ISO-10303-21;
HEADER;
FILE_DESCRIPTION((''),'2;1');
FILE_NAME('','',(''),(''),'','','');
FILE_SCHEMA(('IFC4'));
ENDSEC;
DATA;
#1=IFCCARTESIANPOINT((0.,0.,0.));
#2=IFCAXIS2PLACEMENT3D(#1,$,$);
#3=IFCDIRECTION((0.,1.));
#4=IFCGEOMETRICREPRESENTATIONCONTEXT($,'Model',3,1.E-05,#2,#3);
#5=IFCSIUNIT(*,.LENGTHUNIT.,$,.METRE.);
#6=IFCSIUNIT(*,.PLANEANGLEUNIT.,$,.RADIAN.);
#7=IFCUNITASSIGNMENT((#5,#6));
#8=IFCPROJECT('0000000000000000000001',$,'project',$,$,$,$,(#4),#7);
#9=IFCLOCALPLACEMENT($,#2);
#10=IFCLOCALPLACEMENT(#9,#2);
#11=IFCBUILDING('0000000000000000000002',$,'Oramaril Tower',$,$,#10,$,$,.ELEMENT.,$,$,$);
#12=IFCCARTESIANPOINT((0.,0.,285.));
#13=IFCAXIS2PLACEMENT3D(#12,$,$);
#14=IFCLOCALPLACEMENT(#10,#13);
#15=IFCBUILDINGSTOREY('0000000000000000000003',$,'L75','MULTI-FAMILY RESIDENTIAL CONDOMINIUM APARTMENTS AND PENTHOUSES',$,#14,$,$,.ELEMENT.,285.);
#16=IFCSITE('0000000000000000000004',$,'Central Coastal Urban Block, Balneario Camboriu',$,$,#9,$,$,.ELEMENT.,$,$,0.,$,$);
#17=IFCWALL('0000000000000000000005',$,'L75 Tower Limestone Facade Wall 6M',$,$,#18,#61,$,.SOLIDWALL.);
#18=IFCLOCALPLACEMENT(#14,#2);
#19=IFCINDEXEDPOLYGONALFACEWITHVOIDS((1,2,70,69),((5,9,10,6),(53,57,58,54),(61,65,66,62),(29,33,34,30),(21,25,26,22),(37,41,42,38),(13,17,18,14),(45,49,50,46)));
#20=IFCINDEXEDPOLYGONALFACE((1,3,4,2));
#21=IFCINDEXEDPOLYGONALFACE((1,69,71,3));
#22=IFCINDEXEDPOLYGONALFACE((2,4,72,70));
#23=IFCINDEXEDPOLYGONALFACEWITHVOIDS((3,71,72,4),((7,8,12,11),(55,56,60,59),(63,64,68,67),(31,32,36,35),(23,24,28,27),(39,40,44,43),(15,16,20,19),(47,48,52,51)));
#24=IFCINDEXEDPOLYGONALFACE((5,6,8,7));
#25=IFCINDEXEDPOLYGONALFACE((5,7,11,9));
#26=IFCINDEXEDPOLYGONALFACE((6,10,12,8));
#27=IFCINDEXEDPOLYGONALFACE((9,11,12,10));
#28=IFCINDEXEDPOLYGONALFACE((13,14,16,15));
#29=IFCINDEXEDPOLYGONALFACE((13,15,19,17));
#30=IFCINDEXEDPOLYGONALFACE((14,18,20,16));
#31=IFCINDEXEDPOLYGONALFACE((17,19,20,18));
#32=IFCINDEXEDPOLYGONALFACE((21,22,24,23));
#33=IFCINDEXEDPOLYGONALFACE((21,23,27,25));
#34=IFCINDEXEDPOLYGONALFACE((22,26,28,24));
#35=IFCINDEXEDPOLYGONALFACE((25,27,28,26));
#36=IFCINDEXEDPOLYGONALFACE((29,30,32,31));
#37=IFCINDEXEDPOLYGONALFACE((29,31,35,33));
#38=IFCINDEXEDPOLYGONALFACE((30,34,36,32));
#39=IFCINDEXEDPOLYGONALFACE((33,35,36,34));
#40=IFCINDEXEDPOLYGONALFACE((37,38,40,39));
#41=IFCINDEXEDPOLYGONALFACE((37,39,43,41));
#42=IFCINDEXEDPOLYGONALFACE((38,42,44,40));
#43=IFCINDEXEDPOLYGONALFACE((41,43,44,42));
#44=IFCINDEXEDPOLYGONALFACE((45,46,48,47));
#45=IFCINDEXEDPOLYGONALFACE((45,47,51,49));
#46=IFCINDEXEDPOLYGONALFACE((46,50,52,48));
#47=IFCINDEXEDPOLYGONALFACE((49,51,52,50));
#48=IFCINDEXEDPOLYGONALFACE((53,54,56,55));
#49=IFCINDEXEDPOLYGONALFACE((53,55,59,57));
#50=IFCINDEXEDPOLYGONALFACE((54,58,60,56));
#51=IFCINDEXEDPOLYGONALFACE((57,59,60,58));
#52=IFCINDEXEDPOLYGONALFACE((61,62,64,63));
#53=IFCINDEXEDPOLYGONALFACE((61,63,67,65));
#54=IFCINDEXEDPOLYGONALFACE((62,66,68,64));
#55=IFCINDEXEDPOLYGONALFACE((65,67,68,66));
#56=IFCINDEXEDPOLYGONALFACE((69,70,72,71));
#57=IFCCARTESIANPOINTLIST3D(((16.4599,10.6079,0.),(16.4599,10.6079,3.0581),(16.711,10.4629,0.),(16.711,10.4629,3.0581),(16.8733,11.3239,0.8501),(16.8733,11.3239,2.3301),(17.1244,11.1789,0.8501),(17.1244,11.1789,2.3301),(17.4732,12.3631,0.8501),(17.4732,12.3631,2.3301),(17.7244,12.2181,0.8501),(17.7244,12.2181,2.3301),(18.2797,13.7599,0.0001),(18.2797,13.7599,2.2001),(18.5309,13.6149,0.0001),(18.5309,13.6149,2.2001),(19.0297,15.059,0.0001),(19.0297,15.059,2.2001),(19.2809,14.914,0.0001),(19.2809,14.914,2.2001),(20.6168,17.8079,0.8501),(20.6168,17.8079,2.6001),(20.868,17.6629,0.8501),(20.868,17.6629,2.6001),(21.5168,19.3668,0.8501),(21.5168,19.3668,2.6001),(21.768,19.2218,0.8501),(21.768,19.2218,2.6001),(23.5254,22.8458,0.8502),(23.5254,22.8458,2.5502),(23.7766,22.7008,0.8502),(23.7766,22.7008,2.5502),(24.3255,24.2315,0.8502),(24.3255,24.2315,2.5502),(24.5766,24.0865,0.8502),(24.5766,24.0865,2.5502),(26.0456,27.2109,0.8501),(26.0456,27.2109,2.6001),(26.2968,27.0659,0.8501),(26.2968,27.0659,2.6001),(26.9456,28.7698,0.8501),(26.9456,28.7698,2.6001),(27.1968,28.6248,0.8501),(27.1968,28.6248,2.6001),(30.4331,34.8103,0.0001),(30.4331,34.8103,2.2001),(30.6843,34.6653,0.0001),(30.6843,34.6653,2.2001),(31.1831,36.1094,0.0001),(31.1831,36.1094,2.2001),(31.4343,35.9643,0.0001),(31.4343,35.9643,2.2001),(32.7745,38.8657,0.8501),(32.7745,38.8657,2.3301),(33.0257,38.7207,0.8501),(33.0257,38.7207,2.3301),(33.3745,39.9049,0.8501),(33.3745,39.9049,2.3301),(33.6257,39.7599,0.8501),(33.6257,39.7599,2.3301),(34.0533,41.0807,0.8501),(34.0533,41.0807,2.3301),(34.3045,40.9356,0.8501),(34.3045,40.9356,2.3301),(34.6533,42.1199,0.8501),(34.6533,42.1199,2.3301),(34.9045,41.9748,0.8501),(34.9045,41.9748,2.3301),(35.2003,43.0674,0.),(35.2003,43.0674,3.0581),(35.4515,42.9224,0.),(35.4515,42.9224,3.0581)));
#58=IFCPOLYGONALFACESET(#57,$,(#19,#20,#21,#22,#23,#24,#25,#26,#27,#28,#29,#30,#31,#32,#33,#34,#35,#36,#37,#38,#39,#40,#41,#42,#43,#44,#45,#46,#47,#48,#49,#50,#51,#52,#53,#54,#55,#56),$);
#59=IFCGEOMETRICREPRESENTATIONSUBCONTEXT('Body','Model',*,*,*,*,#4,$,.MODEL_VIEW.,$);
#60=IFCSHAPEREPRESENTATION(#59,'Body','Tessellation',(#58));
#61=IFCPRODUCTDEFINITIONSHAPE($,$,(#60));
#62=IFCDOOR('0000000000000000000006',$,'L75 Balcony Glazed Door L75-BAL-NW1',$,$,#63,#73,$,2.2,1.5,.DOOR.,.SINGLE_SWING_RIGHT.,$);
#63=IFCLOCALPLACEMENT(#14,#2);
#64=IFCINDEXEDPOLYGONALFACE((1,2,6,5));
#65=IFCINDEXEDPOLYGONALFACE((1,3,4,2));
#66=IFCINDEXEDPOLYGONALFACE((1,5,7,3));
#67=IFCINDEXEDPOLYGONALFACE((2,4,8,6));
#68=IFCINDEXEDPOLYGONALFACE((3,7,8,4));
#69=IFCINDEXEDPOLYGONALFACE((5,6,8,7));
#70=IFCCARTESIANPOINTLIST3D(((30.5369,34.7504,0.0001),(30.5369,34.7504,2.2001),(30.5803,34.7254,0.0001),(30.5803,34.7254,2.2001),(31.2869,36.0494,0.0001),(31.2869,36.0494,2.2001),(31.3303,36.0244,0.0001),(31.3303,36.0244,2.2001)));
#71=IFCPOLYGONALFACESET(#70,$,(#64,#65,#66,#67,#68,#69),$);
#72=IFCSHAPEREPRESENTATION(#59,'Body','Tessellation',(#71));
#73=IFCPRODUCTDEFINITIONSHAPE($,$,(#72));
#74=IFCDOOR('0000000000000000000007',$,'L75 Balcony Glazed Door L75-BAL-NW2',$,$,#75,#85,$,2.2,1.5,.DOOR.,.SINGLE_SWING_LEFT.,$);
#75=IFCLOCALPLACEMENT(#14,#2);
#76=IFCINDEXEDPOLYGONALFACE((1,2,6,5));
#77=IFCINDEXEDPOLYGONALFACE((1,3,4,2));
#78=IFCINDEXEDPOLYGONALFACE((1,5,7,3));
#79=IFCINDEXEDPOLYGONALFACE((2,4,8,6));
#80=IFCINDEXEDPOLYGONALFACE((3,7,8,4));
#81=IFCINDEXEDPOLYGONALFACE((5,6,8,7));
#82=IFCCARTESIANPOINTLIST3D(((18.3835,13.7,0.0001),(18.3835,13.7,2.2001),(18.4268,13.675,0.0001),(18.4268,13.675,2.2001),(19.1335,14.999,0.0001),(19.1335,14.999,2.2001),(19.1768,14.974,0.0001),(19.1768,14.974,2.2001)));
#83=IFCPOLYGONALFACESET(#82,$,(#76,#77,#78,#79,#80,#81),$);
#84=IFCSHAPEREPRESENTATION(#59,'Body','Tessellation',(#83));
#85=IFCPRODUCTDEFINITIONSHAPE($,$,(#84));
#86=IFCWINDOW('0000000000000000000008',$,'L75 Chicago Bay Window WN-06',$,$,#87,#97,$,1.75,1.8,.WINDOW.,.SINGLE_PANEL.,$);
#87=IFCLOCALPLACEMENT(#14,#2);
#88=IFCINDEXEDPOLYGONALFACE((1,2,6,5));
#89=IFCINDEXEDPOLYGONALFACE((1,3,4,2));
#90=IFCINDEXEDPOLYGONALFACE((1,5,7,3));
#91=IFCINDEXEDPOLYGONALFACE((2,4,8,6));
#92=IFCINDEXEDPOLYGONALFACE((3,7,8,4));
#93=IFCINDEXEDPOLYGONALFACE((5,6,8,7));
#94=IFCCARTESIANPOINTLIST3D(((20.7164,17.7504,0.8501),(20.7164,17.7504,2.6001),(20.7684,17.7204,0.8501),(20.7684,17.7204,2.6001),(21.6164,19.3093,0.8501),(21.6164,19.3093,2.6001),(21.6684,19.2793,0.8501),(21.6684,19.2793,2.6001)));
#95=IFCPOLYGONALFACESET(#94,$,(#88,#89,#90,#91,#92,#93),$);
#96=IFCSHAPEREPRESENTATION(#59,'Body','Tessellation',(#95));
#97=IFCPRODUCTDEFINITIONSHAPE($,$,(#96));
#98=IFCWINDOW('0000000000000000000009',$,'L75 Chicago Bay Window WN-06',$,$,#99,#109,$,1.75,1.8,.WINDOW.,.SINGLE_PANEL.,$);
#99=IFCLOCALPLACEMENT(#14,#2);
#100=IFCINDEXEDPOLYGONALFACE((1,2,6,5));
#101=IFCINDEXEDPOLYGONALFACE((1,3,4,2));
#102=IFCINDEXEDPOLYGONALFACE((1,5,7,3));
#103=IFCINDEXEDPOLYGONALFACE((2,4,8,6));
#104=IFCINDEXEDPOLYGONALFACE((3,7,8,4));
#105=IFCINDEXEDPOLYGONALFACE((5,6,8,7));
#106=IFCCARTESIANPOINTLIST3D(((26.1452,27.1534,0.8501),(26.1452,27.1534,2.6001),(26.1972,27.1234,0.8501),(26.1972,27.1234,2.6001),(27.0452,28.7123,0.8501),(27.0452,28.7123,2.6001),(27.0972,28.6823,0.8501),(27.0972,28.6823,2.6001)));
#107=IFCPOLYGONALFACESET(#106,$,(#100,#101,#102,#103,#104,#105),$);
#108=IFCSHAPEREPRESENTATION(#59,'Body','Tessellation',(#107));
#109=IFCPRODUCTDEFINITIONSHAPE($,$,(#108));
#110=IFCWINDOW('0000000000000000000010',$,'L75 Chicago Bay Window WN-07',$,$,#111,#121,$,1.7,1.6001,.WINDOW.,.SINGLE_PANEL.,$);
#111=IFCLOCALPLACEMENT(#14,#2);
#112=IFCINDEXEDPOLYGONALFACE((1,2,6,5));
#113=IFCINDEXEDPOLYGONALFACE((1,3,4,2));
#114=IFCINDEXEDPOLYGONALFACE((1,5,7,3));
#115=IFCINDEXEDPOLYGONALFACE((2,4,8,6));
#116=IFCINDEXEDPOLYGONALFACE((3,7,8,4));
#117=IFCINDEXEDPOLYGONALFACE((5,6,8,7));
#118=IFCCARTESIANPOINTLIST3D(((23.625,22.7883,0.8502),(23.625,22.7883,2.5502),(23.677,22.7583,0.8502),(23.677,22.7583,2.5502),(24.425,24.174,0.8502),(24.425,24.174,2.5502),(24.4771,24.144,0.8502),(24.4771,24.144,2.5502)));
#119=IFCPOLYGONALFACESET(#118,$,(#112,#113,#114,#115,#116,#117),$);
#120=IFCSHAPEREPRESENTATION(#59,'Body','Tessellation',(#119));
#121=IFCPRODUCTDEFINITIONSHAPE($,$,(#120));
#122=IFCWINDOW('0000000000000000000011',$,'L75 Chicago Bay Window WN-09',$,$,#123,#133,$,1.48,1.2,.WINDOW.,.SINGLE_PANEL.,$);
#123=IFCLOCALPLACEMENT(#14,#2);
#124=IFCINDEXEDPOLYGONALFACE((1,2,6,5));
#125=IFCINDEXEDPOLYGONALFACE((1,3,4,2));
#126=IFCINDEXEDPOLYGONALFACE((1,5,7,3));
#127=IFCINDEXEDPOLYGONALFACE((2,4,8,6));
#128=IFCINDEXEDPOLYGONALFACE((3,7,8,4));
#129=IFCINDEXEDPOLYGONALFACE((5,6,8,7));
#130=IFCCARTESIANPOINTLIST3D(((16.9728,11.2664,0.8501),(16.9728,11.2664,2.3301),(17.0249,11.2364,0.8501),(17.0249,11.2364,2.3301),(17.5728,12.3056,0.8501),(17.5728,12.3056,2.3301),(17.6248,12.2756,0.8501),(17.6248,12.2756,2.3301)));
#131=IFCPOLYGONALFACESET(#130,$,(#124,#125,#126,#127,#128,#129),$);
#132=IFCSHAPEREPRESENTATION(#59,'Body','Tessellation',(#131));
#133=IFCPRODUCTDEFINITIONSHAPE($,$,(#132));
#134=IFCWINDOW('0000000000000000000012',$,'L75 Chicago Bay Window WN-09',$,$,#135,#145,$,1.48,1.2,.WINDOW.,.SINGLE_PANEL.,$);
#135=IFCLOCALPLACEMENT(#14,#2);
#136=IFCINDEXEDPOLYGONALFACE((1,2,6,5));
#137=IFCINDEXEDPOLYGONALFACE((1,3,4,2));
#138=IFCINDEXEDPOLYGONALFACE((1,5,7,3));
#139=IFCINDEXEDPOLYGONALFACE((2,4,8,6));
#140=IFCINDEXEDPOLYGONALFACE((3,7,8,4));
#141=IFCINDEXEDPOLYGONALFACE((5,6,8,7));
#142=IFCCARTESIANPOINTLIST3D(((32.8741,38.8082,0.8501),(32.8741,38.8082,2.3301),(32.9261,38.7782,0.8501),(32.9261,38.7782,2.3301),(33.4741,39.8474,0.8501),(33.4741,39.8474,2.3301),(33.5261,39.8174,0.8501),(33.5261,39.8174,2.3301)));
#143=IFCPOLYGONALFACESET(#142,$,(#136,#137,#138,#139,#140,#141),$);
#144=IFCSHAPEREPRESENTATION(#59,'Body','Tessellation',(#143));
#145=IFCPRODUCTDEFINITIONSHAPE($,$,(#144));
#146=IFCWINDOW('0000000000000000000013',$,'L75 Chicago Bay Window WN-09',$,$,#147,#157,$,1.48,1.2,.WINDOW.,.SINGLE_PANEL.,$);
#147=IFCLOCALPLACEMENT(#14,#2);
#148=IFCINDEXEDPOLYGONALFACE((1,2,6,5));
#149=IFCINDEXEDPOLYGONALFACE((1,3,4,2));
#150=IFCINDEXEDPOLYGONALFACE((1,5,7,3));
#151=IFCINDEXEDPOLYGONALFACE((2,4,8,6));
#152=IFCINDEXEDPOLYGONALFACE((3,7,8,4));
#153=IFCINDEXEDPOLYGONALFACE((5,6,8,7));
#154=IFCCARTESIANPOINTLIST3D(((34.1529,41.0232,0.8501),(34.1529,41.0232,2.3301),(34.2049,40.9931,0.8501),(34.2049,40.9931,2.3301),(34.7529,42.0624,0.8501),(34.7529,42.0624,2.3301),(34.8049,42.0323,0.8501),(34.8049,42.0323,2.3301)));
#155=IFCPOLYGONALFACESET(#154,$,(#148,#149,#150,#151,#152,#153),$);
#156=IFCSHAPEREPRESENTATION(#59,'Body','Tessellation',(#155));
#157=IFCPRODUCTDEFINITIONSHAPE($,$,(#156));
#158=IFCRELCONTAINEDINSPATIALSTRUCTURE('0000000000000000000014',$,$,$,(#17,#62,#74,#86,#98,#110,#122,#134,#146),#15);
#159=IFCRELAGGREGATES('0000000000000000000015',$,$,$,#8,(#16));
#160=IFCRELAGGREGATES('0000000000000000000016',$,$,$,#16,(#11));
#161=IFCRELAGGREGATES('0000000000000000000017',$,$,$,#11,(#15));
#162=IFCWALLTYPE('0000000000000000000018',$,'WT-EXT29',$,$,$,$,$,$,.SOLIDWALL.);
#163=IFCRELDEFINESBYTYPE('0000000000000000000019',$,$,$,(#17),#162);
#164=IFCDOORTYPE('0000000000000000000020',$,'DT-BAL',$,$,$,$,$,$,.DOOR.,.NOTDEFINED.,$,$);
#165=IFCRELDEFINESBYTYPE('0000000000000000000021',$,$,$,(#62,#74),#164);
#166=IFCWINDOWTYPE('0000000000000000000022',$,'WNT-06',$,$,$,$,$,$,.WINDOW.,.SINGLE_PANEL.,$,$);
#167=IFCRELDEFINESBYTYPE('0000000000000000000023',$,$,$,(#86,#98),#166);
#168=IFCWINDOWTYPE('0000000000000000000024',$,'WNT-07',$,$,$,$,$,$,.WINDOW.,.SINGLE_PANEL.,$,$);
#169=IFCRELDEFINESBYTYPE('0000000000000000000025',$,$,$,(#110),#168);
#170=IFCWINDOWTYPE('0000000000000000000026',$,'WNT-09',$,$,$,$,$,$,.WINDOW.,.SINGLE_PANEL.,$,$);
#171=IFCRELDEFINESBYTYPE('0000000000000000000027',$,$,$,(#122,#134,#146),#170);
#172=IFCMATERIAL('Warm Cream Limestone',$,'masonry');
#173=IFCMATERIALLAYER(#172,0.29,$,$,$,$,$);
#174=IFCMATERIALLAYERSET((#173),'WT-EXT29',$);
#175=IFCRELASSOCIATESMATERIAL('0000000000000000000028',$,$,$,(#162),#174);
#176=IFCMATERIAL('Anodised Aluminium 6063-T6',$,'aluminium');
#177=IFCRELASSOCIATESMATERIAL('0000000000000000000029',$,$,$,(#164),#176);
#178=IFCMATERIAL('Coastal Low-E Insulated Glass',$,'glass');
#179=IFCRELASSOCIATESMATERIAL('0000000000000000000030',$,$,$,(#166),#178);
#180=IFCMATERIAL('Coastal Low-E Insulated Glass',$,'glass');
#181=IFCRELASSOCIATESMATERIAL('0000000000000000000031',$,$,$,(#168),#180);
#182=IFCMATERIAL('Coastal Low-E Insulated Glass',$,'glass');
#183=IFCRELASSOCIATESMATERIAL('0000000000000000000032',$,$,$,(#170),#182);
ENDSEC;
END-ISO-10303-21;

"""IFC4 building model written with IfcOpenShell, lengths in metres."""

from ifc_helpers import new_model, si_unit, direction, frame, frame_2d, origin, place, context, subcontext, project, spatial, rectangle, extrude, material, layer, layer_set, type_object, element, fill, save


model = new_model("IFC4")

# Units and contexts
model_context = context("Model", 3, precision=1e-05, world=origin(), true_north=direction((0.0, 1.0)))
body_context = subcontext(model_context, "Body", "Model", "MODEL_VIEW")
ifc_project = project(units=[si_unit("LENGTHUNIT", "METRE"), si_unit("PLANEANGLEUNIT", "RADIAN")], contexts=[model_context])

# Site, building, storey
site_placement = place(None, origin())
site = spatial("IfcSite", under=ifc_project, at=site_placement, Name="Central Coastal Urban Block, Balneario Camboriu", CompositionType="ELEMENT", RefElevation=0.0)
building_placement = place(site_placement, origin())
building = spatial("IfcBuilding", under=site, at=building_placement, Name="Oramaril Tower", CompositionType="ELEMENT")
storey_placement = place(building_placement, frame((0.0, 0.0, 285.0)))
storey = spatial("IfcBuildingStorey", under=building, at=storey_placement, Name="L75", Description="MULTI-FAMILY RESIDENTIAL CONDOMINIUM APARTMENTS AND PENTHOUSES", CompositionType="ELEMENT", Elevation=285.0)

# Shared definitions
ifc_material_1 = material(Name="Warm Cream Limestone", Category="masonry")
ifc_layer_1 = layer(ifc_material_1, 0.29)
ifc_layer_set_1 = layer_set([ifc_layer_1], Name="WT-EXT29")
wall_type_1 = type_object("IfcWallType", Name="WT-EXT29", PredefinedType="SOLIDWALL", material=ifc_layer_set_1)

# Wall, openings, doors, windows
wall_1_placement = place(storey_placement, frame((35.3259, 42.9949, 0.0), z_axis=(0.0, 0.0, 1.0), x_axis=(-0.5, -0.866025, 0.0)))
wall_1 = element("IfcWall", 1, at=wall_1_placement, inside=storey, type_object=wall_type_1, Name="L75 Tower Limestone Facade Wall 6M", PredefinedType="SOLIDWALL", context=body_context, shape_type="SweptSolid", body=[
    extrude(rectangle(XDim=37.481, YDim=0.29, at=frame_2d((18.7405, 0.0))), origin(), (0.0, 0.0, 1.0), 3.0581),
])
opening_1_placement = place(wall_1_placement, frame((8.0344, 0.0, 0.0)))
opening_1 = element("IfcOpeningElement", 2, at=opening_1_placement, cuts=wall_1, PredefinedType="OPENING", context=body_context, shape_type="SweptSolid", body=[
    extrude(rectangle(XDim=1.5, YDim=2.2, at=frame_2d((0.75, 1.1001))), frame((0.0, 0.145, 0.0), z_axis=(0.0, -1.0, 0.0), x_axis=(1.0, 0.0, 0.0)), (0.0, 0.0, 1.0), 0.29),
])
opening_2_placement = place(wall_1_placement, frame((32.3413, 0.0, 0.0)))
opening_2 = element("IfcOpeningElement", 3, at=opening_2_placement, cuts=wall_1, PredefinedType="OPENING", context=body_context, shape_type="SweptSolid", body=[
    extrude(rectangle(XDim=1.5, YDim=2.2, at=frame_2d((0.75, 1.1001))), frame((0.0, 0.145, 0.0), z_axis=(0.0, -1.0, 0.0), x_axis=(1.0, 0.0, 0.0)), (0.0, 0.0, 1.0), 0.29),
])
opening_3_placement = place(wall_1_placement, frame((35.4541, 0.0, 0.8501)))
opening_3 = element("IfcOpeningElement", 4, at=opening_3_placement, cuts=wall_1, PredefinedType="OPENING", context=body_context, shape_type="SweptSolid", body=[
    extrude(rectangle(XDim=1.2, YDim=1.48, at=frame_2d((0.6001, 0.74))), frame((0.0, 0.145, 0.0), z_axis=(0.0, -1.0, 0.0), x_axis=(1.0, 0.0, 0.0)), (0.0, 0.0, 1.0), 0.29),
])
opening_4_placement = place(wall_1_placement, frame((27.3672, 0.0, 0.8501)))
opening_4 = element("IfcOpeningElement", 5, at=opening_4_placement, cuts=wall_1, PredefinedType="OPENING", context=body_context, shape_type="SweptSolid", body=[
    extrude(rectangle(XDim=1.8, YDim=1.75, at=frame_2d((0.8999, 0.875))), frame((0.0, 0.145, 0.0), z_axis=(0.0, -1.0, 0.0), x_axis=(1.0, 0.0, 0.0)), (0.0, 0.0, 1.0), 0.29),
])
opening_5_placement = place(wall_1_placement, frame((21.7498, 0.0, 0.8501)))
opening_5 = element("IfcOpeningElement", 6, at=opening_5_placement, cuts=wall_1, PredefinedType="OPENING", context=body_context, shape_type="SweptSolid", body=[
    extrude(rectangle(XDim=1.6001, YDim=1.7, at=frame_2d((0.8, 0.8501))), frame((0.0, 0.145, 0.0), z_axis=(0.0, -1.0, 0.0), x_axis=(1.0, 0.0, 0.0)), (0.0, 0.0, 1.0), 0.29),
])
opening_6_placement = place(wall_1_placement, frame((16.5095, 0.0, 0.8501)))
opening_6 = element("IfcOpeningElement", 7, at=opening_6_placement, cuts=wall_1, PredefinedType="OPENING", context=body_context, shape_type="SweptSolid", body=[
    extrude(rectangle(XDim=1.8, YDim=1.75, at=frame_2d((0.8999, 0.875))), frame((0.0, 0.145, 0.0), z_axis=(0.0, -1.0, 0.0), x_axis=(1.0, 0.0, 0.0)), (0.0, 0.0, 1.0), 0.29),
])
opening_7_placement = place(wall_1_placement, frame((3.6516, 0.0, 0.8501)))
opening_7 = element("IfcOpeningElement", 8, at=opening_7_placement, cuts=wall_1, PredefinedType="OPENING", context=body_context, shape_type="SweptSolid", body=[
    extrude(rectangle(XDim=1.2, YDim=1.48, at=frame_2d((0.6001, 0.74))), frame((0.0, 0.145, 0.0), z_axis=(0.0, -1.0, 0.0), x_axis=(1.0, 0.0, 0.0)), (0.0, 0.0, 1.0), 0.29),
])
opening_8_placement = place(wall_1_placement, frame((1.094, 0.0, 0.8501)))
opening_8 = element("IfcOpeningElement", 9, at=opening_8_placement, cuts=wall_1, PredefinedType="OPENING", context=body_context, shape_type="SweptSolid", body=[
    extrude(rectangle(XDim=1.2, YDim=1.48, at=frame_2d((0.6001, 0.74))), frame((0.0, 0.145, 0.0), z_axis=(0.0, -1.0, 0.0), x_axis=(1.0, 0.0, 0.0)), (0.0, 0.0, 1.0), 0.29),
])
ifc_material_2 = material(Name="Anodised Aluminium 6063-T6", Category="aluminium")
door_type = type_object("IfcDoorType", Name="DT-BAL", OperationType="NOTDEFINED", PredefinedType="DOOR", material=ifc_material_2)
door_1_placement = place(opening_1_placement, origin())
door_1 = element("IfcDoor", 10, at=door_1_placement, inside=storey, type_object=door_type, Name="L75 Balcony Glazed Door L75-BAL-NW1", OperationType="SINGLE_SWING_RIGHT", OverallHeight=2.2, OverallWidth=1.5, PredefinedType="DOOR", context=body_context, shape_type="SweptSolid", body=[
    extrude(rectangle(XDim=1.5, YDim=2.2, at=frame_2d((0.75, 1.1001))), frame((0.0, 0.0249, 0.0), z_axis=(0.0, -1.0, 0.0), x_axis=(1.0, 0.0, 0.0)), (0.0, 0.0, 1.0), 0.05),
])
fill(opening_1, door_1)
door_2_placement = place(opening_2_placement, origin())
door_2 = element("IfcDoor", 11, at=door_2_placement, inside=storey, type_object=door_type, Name="L75 Balcony Glazed Door L75-BAL-NW2", OperationType="SINGLE_SWING_LEFT", OverallHeight=2.2, OverallWidth=1.5, PredefinedType="DOOR", context=body_context, shape_type="SweptSolid", body=[
    extrude(rectangle(XDim=1.5, YDim=2.2, at=frame_2d((0.75, 1.1001))), frame((0.0, 0.0249, 0.0), z_axis=(0.0, -1.0, 0.0), x_axis=(1.0, 0.0, 0.0)), (0.0, 0.0, 1.0), 0.05),
])
fill(opening_2, door_2)
ifc_material_3 = material(Name="Coastal Low-E Insulated Glass", Category="glass")
window_type_1 = type_object("IfcWindowType", Name="WNT-06", PartitioningType="SINGLE_PANEL", PredefinedType="WINDOW", material=ifc_material_3)
window_1_placement = place(opening_4_placement, origin())
window_1 = element("IfcWindow", 12, at=window_1_placement, inside=storey, type_object=window_type_1, Name="L75 Chicago Bay Window WN-06", OverallHeight=1.75, OverallWidth=1.8, PartitioningType="SINGLE_PANEL", PredefinedType="WINDOW", context=body_context, shape_type="SweptSolid", body=[
    extrude(rectangle(XDim=1.8, YDim=1.75, at=frame_2d((0.8999, 0.875))), frame((0.0, 0.03, 0.0), z_axis=(0.0, -1.0, 0.0), x_axis=(1.0, 0.0, 0.0)), (0.0, 0.0, 1.0), 0.0601),
])
fill(opening_4, window_1)
window_2_placement = place(opening_6_placement, origin())
window_2 = element("IfcWindow", 13, at=window_2_placement, inside=storey, type_object=window_type_1, Name="L75 Chicago Bay Window WN-06", OverallHeight=1.75, OverallWidth=1.8, PartitioningType="SINGLE_PANEL", PredefinedType="WINDOW", context=body_context, shape_type="SweptSolid", body=[
    extrude(rectangle(XDim=1.8, YDim=1.75, at=frame_2d((0.8999, 0.875))), frame((0.0, 0.03, 0.0), z_axis=(0.0, -1.0, 0.0), x_axis=(1.0, 0.0, 0.0)), (0.0, 0.0, 1.0), 0.0601),
])
fill(opening_6, window_2)
ifc_material_4 = material(Name="Coastal Low-E Insulated Glass", Category="glass")
window_type_2 = type_object("IfcWindowType", Name="WNT-07", PartitioningType="SINGLE_PANEL", PredefinedType="WINDOW", material=ifc_material_4)
window_3_placement = place(opening_5_placement, origin())
window_3 = element("IfcWindow", 14, at=window_3_placement, inside=storey, type_object=window_type_2, Name="L75 Chicago Bay Window WN-07", OverallHeight=1.7, OverallWidth=1.6001, PartitioningType="SINGLE_PANEL", PredefinedType="WINDOW", context=body_context, shape_type="SweptSolid", body=[
    extrude(rectangle(XDim=1.6001, YDim=1.7, at=frame_2d((0.8, 0.8501))), frame((0.0, 0.03, 0.0), z_axis=(0.0, -1.0, 0.0), x_axis=(1.0, 0.0, 0.0)), (0.0, 0.0, 1.0), 0.0601),
])
fill(opening_5, window_3)
ifc_material_5 = material(Name="Coastal Low-E Insulated Glass", Category="glass")
window_type_3 = type_object("IfcWindowType", Name="WNT-09", PartitioningType="SINGLE_PANEL", PredefinedType="WINDOW", material=ifc_material_5)
window_4_placement = place(opening_3_placement, origin())
window_4 = element("IfcWindow", 15, at=window_4_placement, inside=storey, type_object=window_type_3, Name="L75 Chicago Bay Window WN-09", OverallHeight=1.48, OverallWidth=1.2, PartitioningType="SINGLE_PANEL", PredefinedType="WINDOW", context=body_context, shape_type="SweptSolid", body=[
    extrude(rectangle(XDim=1.2, YDim=1.48, at=frame_2d((0.6001, 0.74))), frame((0.0, 0.03, 0.0), z_axis=(0.0, -1.0, 0.0), x_axis=(1.0, 0.0, 0.0)), (0.0, 0.0, 1.0), 0.0601),
])
fill(opening_3, window_4)
window_5_placement = place(opening_7_placement, origin())
window_5 = element("IfcWindow", 16, at=window_5_placement, inside=storey, type_object=window_type_3, Name="L75 Chicago Bay Window WN-09", OverallHeight=1.48, OverallWidth=1.2, PartitioningType="SINGLE_PANEL", PredefinedType="WINDOW", context=body_context, shape_type="SweptSolid", body=[
    extrude(rectangle(XDim=1.2, YDim=1.48, at=frame_2d((0.6001, 0.74))), frame((0.0, 0.03, 0.0), z_axis=(0.0, -1.0, 0.0), x_axis=(1.0, 0.0, 0.0)), (0.0, 0.0, 1.0), 0.0601),
])
fill(opening_7, window_5)
window_6_placement = place(opening_8_placement, origin())
window_6 = element("IfcWindow", 17, at=window_6_placement, inside=storey, type_object=window_type_3, Name="L75 Chicago Bay Window WN-09", OverallHeight=1.48, OverallWidth=1.2, PartitioningType="SINGLE_PANEL", PredefinedType="WINDOW", context=body_context, shape_type="SweptSolid", body=[
    extrude(rectangle(XDim=1.2, YDim=1.48, at=frame_2d((0.6001, 0.74))), frame((0.0, 0.03, 0.0), z_axis=(0.0, -1.0, 0.0), x_axis=(1.0, 0.0, 0.0)), (0.0, 0.0, 1.0), 0.0601),
])
fill(opening_8, window_6)

save(model, "model.ifc")
